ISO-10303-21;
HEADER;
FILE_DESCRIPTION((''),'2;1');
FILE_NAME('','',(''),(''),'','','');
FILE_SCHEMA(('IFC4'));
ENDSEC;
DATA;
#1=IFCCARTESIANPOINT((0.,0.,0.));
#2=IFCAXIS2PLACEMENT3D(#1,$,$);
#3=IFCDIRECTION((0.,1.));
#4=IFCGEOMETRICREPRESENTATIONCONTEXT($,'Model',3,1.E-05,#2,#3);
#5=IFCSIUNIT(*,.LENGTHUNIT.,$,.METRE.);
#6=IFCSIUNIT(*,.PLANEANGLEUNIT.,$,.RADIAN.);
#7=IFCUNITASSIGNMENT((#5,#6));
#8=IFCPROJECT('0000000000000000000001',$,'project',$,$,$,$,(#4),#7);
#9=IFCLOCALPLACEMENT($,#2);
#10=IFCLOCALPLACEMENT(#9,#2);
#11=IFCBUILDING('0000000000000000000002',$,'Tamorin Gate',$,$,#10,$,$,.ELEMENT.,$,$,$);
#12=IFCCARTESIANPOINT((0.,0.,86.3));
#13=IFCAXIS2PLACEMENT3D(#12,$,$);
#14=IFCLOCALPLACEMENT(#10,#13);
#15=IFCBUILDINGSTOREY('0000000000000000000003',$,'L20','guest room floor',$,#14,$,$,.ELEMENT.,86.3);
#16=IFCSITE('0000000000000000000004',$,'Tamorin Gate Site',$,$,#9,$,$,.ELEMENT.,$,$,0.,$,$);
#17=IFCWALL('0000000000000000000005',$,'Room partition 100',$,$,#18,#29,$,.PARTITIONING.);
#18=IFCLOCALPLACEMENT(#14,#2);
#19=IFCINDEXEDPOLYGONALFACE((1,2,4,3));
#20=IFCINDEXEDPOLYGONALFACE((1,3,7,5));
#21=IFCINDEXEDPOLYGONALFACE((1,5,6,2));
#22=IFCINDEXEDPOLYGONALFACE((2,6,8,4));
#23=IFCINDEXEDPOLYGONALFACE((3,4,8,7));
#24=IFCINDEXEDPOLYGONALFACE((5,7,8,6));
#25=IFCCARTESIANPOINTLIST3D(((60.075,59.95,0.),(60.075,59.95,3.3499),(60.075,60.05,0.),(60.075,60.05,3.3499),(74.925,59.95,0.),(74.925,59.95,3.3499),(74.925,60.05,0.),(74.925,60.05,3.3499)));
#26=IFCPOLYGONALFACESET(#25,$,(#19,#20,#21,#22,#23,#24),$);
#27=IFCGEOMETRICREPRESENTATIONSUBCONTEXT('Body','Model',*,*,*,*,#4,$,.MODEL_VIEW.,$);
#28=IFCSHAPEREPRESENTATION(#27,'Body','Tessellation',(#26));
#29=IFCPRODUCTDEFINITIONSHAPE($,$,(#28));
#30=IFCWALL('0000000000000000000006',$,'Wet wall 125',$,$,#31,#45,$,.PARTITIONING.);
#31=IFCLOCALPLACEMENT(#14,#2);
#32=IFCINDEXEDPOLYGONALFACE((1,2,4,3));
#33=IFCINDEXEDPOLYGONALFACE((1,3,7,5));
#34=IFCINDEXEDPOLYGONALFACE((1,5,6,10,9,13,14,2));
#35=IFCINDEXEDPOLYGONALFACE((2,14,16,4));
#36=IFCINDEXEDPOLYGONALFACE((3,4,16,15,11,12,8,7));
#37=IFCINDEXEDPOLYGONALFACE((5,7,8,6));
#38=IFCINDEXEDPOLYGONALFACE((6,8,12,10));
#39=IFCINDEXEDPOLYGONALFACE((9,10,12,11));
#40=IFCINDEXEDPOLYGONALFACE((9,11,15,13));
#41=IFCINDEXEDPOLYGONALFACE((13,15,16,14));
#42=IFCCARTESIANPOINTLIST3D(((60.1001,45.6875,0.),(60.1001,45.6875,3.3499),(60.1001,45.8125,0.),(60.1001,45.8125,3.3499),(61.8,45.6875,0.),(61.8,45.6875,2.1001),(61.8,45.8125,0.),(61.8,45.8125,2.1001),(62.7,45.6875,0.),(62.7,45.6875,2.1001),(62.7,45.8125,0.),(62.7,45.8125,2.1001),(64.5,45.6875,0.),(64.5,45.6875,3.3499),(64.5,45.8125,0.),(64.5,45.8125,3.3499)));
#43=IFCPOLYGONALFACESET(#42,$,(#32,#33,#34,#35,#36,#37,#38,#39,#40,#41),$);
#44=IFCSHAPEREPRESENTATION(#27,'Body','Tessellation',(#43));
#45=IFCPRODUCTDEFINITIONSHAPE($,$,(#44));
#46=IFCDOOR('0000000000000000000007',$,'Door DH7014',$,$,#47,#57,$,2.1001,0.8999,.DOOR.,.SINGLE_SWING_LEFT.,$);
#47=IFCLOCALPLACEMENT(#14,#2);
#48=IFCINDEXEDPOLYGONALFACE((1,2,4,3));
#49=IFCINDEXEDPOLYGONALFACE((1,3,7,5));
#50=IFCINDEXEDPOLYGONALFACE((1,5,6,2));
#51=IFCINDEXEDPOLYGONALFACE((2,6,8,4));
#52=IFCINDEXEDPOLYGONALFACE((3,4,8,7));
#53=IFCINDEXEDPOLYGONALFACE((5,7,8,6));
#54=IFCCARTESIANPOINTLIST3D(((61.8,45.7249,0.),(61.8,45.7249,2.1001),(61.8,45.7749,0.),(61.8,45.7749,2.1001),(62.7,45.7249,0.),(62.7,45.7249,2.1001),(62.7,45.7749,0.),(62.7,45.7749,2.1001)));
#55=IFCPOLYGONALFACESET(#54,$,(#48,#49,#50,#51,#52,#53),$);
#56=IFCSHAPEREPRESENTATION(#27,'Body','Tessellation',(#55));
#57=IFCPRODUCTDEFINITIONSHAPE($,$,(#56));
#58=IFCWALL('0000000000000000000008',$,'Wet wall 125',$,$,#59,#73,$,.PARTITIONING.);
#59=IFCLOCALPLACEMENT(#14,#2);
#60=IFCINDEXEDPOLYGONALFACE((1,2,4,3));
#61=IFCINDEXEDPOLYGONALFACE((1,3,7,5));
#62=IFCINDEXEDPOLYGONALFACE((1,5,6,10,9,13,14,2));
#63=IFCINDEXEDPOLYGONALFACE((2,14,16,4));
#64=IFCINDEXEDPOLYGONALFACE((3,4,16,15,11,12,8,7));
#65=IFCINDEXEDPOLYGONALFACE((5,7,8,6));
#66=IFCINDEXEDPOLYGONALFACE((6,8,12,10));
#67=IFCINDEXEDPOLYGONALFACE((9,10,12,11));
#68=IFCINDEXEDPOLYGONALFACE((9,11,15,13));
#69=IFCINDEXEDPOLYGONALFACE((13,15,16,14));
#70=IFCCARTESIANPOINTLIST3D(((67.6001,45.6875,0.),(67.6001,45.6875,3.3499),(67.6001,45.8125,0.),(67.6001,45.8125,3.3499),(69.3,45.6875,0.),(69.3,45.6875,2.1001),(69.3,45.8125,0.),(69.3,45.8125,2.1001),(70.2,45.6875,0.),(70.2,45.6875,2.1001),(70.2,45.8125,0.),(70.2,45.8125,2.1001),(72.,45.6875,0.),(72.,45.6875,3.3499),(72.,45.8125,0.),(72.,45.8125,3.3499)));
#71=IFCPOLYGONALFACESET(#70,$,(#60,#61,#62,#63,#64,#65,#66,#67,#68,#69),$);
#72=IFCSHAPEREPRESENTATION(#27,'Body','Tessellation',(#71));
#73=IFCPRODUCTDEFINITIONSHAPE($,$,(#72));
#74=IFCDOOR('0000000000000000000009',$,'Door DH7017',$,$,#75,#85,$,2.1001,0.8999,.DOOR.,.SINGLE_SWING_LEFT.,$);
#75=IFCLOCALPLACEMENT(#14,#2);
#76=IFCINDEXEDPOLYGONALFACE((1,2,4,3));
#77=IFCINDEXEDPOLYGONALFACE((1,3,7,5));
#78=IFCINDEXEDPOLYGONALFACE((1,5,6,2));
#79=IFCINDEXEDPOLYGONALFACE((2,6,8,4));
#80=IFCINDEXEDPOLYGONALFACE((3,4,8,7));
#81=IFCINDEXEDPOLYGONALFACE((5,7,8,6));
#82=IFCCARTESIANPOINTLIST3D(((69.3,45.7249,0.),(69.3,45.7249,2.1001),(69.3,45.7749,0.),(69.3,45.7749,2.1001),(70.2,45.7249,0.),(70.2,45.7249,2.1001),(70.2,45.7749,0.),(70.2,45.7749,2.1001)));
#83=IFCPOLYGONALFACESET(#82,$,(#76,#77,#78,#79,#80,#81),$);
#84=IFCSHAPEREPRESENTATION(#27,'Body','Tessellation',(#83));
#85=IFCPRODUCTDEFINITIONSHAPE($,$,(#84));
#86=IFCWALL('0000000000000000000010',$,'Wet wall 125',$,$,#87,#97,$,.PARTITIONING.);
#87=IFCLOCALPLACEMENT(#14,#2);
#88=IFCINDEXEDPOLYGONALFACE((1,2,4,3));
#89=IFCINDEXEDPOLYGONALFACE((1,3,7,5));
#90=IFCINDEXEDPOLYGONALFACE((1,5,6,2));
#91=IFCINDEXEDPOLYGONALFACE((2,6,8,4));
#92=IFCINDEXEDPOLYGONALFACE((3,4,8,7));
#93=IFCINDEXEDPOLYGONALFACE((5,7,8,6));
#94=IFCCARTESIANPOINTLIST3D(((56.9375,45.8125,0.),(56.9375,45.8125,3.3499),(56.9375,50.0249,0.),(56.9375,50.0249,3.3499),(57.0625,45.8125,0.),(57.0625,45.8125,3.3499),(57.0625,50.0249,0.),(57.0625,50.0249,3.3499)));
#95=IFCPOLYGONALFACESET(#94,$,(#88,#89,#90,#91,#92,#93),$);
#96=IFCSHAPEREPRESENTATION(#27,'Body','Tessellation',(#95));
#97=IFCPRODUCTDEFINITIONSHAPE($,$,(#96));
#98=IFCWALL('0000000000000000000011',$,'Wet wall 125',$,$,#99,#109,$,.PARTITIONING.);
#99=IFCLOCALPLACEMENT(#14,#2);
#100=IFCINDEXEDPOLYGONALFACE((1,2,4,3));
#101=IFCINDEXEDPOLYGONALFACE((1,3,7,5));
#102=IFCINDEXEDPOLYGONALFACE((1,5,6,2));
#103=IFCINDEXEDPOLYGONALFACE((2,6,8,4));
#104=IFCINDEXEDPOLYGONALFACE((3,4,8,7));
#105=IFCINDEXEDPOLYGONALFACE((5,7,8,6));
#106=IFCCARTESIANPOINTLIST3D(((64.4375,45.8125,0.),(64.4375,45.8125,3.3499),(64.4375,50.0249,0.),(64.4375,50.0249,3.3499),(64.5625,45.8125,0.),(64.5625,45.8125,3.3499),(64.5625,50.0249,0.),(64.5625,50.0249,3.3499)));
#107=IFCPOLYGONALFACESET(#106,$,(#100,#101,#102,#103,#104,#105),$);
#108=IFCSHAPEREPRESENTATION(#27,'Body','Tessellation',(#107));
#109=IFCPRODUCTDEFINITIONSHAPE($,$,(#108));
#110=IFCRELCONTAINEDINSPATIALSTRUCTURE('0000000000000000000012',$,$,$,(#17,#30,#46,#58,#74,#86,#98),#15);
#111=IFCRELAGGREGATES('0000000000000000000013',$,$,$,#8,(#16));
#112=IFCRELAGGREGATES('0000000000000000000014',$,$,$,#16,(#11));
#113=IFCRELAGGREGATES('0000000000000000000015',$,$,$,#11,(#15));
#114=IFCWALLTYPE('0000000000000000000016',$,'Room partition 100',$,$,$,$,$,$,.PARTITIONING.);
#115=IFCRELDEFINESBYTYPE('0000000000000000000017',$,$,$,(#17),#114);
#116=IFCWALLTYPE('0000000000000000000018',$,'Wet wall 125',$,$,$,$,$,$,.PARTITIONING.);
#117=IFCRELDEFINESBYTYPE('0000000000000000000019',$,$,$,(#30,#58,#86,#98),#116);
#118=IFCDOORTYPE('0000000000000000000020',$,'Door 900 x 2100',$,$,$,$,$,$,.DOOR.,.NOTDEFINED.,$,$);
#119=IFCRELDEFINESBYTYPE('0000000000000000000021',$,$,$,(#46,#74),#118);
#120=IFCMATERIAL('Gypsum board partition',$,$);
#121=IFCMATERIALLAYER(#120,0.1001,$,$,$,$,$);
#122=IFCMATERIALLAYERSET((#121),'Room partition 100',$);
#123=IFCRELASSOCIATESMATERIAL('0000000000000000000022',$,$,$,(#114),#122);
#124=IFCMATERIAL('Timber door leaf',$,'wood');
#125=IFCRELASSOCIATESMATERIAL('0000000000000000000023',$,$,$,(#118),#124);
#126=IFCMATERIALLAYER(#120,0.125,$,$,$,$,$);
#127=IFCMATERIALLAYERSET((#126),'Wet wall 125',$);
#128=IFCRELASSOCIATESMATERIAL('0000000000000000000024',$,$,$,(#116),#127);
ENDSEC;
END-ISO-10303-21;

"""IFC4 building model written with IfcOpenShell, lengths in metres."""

from ifc_helpers import new_model, si_unit, direction, frame, frame_2d, origin, place, context, subcontext, project, spatial, rectangle, extrude, material, layer, layer_set, type_object, element, fill, save


model = new_model("IFC4")

# Units and contexts
model_context = context("Model", 3, precision=1e-05, world=origin(), true_north=direction((0.0, 1.0)))
body_context = subcontext(model_context, "Body", "Model", "MODEL_VIEW")
ifc_project = project(units=[si_unit("LENGTHUNIT", "METRE"), si_unit("PLANEANGLEUNIT", "RADIAN")], contexts=[model_context])

# Site, building, storey
site_placement = place(None, origin())
site = spatial("IfcSite", under=ifc_project, at=site_placement, Name="Tamorin Gate Site", CompositionType="ELEMENT", RefElevation=0.0)
building_placement = place(site_placement, origin())
building = spatial("IfcBuilding", under=site, at=building_placement, Name="Tamorin Gate", CompositionType="ELEMENT")
storey_placement = place(building_placement, frame((0.0, 0.0, 86.3)))
storey = spatial("IfcBuildingStorey", under=building, at=storey_placement, Name="L20", Description="guest room floor", CompositionType="ELEMENT", Elevation=86.3)

# Shared definitions
ifc_material_1 = material(Name="Gypsum board partition")
ifc_material_2 = material(Name="Timber door leaf", Category="wood")

# Shared definitions
ifc_layer_1 = layer(ifc_material_1, 0.1001)
ifc_layer_set_1 = layer_set([ifc_layer_1], Name="Room partition 100")
wall_type_1 = type_object("IfcWallType", Name="Room partition 100", PredefinedType="PARTITIONING", material=ifc_layer_set_1)
door_type_1 = type_object("IfcDoorType", Name="Door 900 x 2100", OperationType="NOTDEFINED", PredefinedType="DOOR", material=ifc_material_2)

# Wall
wall_1_placement = place(storey_placement, frame((60.075, 60.0, 0.0), z_axis=(0.0, 0.0, 1.0), x_axis=(1.0, 0.0, 0.0)))
element("IfcWall", 1, at=wall_1_placement, inside=storey, type_object=wall_type_1, Name="Room partition 100", PredefinedType="PARTITIONING", context=body_context, shape_type="SweptSolid", body=[
    extrude(rectangle(XDim=14.8501, YDim=0.1001, at=frame_2d((7.425, 0.0))), origin(), (0.0, 0.0, 1.0), 3.3499),
])

# Walls, openings, doors
ifc_layer_2 = layer(ifc_material_1, 0.125)
ifc_layer_set_2 = layer_set([ifc_layer_2], Name="Wet wall 125")
wall_type_2 = type_object("IfcWallType", Name="Wet wall 125", PredefinedType="PARTITIONING", material=ifc_layer_set_2)
wall_2_placement = place(storey_placement, frame((60.1001, 45.75, 0.0), z_axis=(0.0, 0.0, 1.0), x_axis=(1.0, 0.0, 0.0)))
wall_2 = element("IfcWall", 2, at=wall_2_placement, inside=storey, type_object=wall_type_2, Name="Wet wall 125", PredefinedType="PARTITIONING", context=body_context, shape_type="SweptSolid", body=[
    extrude(rectangle(XDim=4.3999, YDim=0.125, at=frame_2d((2.2, 0.0))), origin(), (0.0, 0.0, 1.0), 3.3499),
])
opening_1_placement = place(wall_2_placement, frame((1.7, 0.0, 0.0)))
opening_1 = element("IfcOpeningElement", 3, at=opening_1_placement, cuts=wall_2, PredefinedType="OPENING", context=body_context, shape_type="SweptSolid", body=[
    extrude(rectangle(XDim=0.8999, YDim=2.1001, at=frame_2d((0.45, 1.05))), frame((0.0, 0.0725, 0.0), z_axis=(0.0, -1.0, 0.0), x_axis=(1.0, 0.0, 0.0)), (0.0, 0.0, 1.0), 0.145),
])
door_1_placement = place(opening_1_placement, origin())
door_1 = element("IfcDoor", 4, at=door_1_placement, inside=storey, type_object=door_type_1, Name="Door DH7014", OperationType="SINGLE_SWING_LEFT", OverallHeight=2.1001, OverallWidth=0.8999, PredefinedType="DOOR", context=body_context, shape_type="SweptSolid", body=[
    extrude(rectangle(XDim=0.8999, YDim=2.1001, at=frame_2d((0.45, 1.05))), frame((0.0, 0.0249, 0.0), z_axis=(0.0, -1.0, 0.0), x_axis=(1.0, 0.0, 0.0)), (0.0, 0.0, 1.0), 0.05),
])
fill(opening_1, door_1)
wall_3_placement = place(storey_placement, frame((67.6001, 45.75, 0.0), z_axis=(0.0, 0.0, 1.0), x_axis=(1.0, 0.0, 0.0)))
wall_3 = element("IfcWall", 5, at=wall_3_placement, inside=storey, type_object=wall_type_2, Name="Wet wall 125", PredefinedType="PARTITIONING", context=body_context, shape_type="SweptSolid", body=[
    extrude(rectangle(XDim=4.3999, YDim=0.125, at=frame_2d((2.2, 0.0))), origin(), (0.0, 0.0, 1.0), 3.3499),
])
opening_2_placement = place(wall_3_placement, frame((1.7, 0.0, 0.0)))
opening_2 = element("IfcOpeningElement", 6, at=opening_2_placement, cuts=wall_3, PredefinedType="OPENING", context=body_context, shape_type="SweptSolid", body=[
    extrude(rectangle(XDim=0.8999, YDim=2.1001, at=frame_2d((0.45, 1.05))), frame((0.0, 0.0725, 0.0), z_axis=(0.0, -1.0, 0.0), x_axis=(1.0, 0.0, 0.0)), (0.0, 0.0, 1.0), 0.145),
])
door_2_placement = place(opening_2_placement, origin())
door_2 = element("IfcDoor", 7, at=door_2_placement, inside=storey, type_object=door_type_1, Name="Door DH7017", OperationType="SINGLE_SWING_LEFT", OverallHeight=2.1001, OverallWidth=0.8999, PredefinedType="DOOR", context=body_context, shape_type="SweptSolid", body=[
    extrude(rectangle(XDim=0.8999, YDim=2.1001, at=frame_2d((0.45, 1.05))), frame((0.0, 0.0249, 0.0), z_axis=(0.0, -1.0, 0.0), x_axis=(1.0, 0.0, 0.0)), (0.0, 0.0, 1.0), 0.05),
])
fill(opening_2, door_2)

# Walls
for number, where, z_axis, x_axis, name in (
    (8, (57.0, 45.8125, 0.0), (0.0, 0.0, 1.0), (0.0, 1.0, 0.0), "Wet wall 125"),
    (9, (64.5, 45.8125, 0.0), (0.0, 0.0, 1.0), (0.0, 1.0, 0.0), "Wet wall 125"),
):
    element("IfcWall", number, at=place(storey_placement, frame(where, z_axis=z_axis, x_axis=x_axis)), inside=storey, type_object=wall_type_2, Name=name, PredefinedType="PARTITIONING", context=body_context, shape_type="SweptSolid", body=[
        extrude(rectangle(XDim=4.2124, YDim=0.125, at=frame_2d((2.1062, 0.0))), origin(), (0.0, 0.0, 1.0), 3.3499),
    ])

save(model, "model.ifc")
